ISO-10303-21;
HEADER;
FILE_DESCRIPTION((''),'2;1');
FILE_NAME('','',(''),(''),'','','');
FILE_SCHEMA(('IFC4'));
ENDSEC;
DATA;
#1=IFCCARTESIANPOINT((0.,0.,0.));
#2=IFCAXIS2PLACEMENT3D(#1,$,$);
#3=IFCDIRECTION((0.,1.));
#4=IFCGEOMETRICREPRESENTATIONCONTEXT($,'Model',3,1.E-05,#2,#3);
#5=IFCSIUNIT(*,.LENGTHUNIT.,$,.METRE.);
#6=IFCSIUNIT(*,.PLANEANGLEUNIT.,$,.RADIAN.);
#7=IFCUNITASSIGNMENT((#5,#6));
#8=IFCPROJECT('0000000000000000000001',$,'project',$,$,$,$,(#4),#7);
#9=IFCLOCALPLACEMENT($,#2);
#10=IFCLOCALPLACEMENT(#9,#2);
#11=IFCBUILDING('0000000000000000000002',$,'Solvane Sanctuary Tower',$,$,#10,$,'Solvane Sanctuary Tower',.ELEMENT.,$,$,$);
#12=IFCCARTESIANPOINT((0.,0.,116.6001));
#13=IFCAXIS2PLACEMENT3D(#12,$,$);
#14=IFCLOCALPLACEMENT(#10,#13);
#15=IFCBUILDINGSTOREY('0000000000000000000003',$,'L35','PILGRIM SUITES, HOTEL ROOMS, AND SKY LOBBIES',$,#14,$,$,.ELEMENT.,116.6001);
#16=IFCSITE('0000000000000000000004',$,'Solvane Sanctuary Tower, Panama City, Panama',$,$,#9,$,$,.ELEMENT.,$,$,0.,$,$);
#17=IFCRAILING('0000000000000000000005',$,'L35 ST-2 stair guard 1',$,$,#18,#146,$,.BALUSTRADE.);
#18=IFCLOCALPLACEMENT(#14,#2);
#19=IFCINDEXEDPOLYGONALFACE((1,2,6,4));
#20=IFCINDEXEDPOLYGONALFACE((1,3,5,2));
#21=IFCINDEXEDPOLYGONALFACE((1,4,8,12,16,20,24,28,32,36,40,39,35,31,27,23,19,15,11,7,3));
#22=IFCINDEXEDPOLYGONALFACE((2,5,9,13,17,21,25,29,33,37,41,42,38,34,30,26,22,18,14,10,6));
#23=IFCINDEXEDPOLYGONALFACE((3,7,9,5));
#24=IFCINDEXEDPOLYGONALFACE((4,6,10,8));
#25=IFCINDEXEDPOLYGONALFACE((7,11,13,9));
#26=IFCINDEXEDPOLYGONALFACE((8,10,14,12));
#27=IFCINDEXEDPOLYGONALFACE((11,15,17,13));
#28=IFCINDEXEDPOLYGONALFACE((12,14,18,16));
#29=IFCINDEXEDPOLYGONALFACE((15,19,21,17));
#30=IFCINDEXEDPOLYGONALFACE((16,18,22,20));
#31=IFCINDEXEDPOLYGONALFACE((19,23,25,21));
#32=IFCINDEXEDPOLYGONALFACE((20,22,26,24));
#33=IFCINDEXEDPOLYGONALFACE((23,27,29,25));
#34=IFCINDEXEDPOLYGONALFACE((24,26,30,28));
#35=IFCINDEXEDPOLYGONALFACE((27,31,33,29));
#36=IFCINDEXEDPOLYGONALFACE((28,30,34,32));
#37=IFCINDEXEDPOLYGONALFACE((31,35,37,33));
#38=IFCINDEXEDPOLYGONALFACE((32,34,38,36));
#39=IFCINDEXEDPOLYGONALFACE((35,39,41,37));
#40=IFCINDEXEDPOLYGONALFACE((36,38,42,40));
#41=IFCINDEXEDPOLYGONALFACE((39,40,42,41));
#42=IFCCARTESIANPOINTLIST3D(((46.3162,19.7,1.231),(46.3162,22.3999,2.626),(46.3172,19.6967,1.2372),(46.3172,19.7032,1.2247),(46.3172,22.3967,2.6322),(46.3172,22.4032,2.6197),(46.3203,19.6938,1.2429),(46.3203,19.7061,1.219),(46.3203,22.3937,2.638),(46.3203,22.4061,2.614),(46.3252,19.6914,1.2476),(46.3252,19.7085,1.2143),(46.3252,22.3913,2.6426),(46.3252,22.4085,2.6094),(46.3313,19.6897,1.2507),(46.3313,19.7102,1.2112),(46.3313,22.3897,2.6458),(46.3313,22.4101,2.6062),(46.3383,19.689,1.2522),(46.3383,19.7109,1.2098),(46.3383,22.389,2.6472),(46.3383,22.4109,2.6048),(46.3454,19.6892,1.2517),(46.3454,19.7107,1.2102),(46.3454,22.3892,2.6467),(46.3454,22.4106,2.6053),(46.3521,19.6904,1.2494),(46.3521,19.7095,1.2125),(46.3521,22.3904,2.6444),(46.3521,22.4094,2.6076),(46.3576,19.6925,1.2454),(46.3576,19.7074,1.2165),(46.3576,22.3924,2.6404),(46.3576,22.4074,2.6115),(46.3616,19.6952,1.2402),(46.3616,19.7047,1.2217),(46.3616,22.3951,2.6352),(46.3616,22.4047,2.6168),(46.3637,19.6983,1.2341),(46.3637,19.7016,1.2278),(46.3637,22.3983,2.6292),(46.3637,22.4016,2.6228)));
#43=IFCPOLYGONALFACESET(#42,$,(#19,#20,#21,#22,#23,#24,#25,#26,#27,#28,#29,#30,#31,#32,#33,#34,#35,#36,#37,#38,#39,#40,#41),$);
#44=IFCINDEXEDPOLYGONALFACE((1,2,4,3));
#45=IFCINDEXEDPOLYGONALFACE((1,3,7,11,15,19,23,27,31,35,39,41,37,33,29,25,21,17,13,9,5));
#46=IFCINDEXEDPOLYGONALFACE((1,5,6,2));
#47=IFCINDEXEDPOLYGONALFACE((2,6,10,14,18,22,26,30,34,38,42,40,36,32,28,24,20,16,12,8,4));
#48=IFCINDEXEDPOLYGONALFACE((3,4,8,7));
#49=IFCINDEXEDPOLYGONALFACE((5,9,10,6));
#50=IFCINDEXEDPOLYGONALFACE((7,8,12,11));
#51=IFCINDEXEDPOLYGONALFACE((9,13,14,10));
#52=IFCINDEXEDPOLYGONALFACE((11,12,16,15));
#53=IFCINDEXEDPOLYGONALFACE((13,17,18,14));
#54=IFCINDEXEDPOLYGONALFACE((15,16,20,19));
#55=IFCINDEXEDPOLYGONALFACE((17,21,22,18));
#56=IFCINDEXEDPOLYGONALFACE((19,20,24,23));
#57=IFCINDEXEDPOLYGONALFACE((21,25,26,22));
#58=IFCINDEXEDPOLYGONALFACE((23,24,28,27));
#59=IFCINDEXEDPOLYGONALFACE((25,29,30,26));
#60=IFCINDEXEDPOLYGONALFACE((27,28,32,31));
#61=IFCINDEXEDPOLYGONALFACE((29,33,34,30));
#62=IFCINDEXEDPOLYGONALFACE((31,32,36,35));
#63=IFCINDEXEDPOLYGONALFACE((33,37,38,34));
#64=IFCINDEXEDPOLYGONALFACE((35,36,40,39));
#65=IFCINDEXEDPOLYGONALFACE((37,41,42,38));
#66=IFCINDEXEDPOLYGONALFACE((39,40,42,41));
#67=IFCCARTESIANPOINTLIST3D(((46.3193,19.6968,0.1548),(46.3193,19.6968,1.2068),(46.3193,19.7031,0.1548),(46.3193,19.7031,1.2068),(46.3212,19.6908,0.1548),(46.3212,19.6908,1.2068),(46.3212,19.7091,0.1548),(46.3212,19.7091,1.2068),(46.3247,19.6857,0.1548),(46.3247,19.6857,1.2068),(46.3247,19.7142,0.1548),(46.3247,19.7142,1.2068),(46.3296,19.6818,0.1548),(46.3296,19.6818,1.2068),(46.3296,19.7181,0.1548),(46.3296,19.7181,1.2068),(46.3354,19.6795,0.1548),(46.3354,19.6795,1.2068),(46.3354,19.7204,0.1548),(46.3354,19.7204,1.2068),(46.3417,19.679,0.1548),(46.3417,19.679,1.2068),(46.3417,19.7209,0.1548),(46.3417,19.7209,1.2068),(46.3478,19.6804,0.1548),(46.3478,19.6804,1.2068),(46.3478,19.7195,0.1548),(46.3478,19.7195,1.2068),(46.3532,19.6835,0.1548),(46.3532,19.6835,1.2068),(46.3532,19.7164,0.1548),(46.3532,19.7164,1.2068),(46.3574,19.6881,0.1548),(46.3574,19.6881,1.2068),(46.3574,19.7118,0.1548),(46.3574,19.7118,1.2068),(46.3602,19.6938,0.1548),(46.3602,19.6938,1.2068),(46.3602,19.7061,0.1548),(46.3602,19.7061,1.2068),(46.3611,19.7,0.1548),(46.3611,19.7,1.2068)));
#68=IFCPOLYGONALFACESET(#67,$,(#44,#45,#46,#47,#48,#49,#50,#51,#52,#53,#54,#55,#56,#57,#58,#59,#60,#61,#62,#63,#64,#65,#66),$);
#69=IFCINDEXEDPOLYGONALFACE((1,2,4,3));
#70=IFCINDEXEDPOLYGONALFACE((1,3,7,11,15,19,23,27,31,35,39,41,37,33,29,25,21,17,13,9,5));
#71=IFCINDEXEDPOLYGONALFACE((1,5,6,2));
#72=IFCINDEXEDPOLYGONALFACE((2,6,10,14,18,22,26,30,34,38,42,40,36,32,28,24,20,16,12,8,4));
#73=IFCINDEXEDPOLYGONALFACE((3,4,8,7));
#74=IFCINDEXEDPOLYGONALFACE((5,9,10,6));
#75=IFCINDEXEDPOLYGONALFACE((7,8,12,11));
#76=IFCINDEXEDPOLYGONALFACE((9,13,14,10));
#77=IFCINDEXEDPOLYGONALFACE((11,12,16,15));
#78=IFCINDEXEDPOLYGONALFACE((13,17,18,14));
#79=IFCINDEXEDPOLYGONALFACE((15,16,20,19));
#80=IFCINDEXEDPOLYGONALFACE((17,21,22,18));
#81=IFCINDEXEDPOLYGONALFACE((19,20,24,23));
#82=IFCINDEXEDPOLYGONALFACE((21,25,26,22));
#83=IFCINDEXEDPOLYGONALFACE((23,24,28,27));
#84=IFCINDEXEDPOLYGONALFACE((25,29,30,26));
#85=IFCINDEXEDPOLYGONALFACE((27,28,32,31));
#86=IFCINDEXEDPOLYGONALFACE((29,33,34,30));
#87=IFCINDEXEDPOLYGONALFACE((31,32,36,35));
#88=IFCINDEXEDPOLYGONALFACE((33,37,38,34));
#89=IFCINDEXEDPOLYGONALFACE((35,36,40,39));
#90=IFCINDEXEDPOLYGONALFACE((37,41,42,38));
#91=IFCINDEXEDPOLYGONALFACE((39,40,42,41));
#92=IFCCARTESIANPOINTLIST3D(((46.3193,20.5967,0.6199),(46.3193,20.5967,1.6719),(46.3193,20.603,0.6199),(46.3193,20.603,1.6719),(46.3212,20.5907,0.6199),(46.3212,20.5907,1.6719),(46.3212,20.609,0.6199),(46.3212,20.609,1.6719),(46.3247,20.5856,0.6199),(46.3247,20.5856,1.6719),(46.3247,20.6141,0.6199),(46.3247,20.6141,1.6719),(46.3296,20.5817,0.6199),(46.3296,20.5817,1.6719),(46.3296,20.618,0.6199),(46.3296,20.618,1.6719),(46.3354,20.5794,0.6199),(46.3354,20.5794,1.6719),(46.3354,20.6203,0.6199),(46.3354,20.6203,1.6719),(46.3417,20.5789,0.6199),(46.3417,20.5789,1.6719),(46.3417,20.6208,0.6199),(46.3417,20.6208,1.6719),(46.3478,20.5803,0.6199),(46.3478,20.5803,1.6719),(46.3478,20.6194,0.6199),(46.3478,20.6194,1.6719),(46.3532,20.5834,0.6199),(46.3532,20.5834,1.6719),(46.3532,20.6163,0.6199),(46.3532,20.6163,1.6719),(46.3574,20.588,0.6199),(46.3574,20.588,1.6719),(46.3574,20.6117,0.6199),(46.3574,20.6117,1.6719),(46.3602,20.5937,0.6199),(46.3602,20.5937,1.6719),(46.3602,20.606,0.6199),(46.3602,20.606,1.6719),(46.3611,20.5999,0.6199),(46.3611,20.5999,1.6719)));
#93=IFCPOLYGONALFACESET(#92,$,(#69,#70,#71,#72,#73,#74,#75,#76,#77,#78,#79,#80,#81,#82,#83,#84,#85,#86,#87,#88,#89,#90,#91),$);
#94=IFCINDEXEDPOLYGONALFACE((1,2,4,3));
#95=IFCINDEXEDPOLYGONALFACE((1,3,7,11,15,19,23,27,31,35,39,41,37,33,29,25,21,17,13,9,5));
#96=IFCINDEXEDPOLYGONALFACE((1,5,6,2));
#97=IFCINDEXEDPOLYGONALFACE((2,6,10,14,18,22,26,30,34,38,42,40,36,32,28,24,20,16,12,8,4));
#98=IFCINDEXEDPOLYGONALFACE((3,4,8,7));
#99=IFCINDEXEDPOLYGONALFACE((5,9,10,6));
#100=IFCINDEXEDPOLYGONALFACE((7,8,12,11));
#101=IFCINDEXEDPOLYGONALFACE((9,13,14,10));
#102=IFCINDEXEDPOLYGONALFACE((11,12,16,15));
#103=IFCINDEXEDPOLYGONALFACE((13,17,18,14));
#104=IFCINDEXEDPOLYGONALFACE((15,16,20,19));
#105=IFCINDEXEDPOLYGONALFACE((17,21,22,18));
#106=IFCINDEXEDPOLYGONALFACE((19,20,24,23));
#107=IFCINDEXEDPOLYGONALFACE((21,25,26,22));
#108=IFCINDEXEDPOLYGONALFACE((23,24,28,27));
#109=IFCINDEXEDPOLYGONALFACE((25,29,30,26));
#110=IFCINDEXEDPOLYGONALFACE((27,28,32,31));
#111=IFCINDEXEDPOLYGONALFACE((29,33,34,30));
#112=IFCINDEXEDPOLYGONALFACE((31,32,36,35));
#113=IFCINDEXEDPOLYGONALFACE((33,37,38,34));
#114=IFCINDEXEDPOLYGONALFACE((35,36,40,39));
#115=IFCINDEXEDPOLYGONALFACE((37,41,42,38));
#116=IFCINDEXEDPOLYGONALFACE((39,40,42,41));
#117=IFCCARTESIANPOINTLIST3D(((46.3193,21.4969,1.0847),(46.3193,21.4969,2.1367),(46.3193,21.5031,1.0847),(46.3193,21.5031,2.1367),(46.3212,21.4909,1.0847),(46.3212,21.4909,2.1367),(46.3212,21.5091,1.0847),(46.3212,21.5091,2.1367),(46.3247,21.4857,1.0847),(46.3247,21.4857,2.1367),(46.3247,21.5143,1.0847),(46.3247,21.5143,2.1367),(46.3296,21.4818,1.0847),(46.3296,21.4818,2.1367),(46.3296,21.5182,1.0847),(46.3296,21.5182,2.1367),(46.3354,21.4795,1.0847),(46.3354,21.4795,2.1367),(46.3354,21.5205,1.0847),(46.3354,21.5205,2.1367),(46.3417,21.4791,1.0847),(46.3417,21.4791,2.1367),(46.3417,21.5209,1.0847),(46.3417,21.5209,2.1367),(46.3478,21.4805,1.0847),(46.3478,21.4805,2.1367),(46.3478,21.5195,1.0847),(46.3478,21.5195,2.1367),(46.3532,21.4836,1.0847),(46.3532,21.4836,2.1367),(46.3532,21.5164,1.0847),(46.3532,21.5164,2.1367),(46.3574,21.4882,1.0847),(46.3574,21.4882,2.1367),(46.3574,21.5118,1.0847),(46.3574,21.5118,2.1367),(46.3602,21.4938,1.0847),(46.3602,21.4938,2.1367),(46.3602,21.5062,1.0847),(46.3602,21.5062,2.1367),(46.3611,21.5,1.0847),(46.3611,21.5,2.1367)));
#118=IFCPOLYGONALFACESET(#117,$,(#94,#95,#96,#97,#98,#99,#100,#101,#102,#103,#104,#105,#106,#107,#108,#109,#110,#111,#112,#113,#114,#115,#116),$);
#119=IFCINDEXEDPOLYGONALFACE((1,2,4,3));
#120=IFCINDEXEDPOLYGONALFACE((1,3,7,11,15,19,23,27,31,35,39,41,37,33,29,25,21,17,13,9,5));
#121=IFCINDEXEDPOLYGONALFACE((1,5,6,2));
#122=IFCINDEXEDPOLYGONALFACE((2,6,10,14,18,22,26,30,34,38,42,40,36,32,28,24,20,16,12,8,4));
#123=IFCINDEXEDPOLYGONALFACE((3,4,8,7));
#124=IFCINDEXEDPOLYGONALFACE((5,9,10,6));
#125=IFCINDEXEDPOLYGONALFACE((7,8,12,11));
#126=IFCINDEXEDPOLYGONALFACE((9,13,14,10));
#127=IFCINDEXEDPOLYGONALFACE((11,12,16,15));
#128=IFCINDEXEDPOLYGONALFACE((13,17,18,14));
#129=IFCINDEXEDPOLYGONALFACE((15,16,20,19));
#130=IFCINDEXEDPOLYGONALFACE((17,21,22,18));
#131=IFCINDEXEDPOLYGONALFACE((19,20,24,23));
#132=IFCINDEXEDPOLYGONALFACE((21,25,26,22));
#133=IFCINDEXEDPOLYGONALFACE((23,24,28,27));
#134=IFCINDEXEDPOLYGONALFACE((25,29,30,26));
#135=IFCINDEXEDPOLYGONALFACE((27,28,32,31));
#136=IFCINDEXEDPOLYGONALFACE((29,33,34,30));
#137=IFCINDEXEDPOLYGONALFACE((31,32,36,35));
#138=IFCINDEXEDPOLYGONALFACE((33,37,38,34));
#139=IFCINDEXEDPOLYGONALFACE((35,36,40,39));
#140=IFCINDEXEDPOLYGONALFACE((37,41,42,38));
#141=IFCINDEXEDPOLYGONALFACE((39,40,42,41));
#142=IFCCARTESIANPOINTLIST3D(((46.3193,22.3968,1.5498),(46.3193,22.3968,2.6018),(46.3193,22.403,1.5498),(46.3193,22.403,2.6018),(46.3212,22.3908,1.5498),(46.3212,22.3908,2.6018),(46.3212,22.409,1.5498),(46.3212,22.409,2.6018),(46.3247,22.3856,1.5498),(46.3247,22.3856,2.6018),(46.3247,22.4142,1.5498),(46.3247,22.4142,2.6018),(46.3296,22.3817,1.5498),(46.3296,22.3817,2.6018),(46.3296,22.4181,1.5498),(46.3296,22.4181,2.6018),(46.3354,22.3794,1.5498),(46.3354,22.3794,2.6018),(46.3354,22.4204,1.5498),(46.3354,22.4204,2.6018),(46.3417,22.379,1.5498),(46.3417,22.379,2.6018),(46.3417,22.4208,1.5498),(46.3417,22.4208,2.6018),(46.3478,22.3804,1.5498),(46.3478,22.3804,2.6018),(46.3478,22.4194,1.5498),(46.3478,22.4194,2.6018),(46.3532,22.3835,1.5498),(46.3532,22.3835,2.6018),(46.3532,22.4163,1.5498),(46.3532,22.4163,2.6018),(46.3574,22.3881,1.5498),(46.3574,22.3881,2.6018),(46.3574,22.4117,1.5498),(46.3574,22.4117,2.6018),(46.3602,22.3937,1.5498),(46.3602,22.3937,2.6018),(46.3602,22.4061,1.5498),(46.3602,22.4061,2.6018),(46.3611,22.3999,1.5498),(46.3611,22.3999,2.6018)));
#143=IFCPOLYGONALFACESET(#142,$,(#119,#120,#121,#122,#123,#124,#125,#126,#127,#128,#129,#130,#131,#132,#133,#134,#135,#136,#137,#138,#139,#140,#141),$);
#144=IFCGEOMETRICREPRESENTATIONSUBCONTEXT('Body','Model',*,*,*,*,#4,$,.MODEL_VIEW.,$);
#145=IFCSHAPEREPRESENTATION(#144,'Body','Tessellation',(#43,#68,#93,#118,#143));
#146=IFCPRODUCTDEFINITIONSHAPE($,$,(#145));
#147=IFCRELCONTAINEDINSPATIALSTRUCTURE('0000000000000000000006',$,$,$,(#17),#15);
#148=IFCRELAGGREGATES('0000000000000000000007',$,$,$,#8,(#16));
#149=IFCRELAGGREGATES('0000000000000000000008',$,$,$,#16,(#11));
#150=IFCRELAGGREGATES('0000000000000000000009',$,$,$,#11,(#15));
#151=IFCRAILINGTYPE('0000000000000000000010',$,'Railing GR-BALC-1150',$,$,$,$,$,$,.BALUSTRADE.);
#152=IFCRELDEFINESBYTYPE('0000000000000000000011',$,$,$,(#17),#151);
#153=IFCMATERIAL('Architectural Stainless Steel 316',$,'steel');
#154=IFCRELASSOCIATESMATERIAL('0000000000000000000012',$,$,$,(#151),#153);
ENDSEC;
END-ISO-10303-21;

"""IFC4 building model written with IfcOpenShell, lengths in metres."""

from ifc_helpers import new_model, si_unit, direction, frame, origin, origin_2d, place, context, subcontext, project, spatial, circle, extrude, material, type_object, element, save


model = new_model("IFC4")

# Units and contexts
model_context = context("Model", 3, precision=1e-05, world=origin(), true_north=direction((0.0, 1.0)))
body_context = subcontext(model_context, "Body", "Model", "MODEL_VIEW")
ifc_project = project(units=[si_unit("LENGTHUNIT", "METRE"), si_unit("PLANEANGLEUNIT", "RADIAN")], contexts=[model_context])

# Site, building, storey
site_placement = place(None, origin())
site = spatial("IfcSite", under=ifc_project, at=site_placement, Name="Solvane Sanctuary Tower, Panama City, Panama", CompositionType="ELEMENT", RefElevation=0.0)
building_placement = place(site_placement, origin())
building = spatial("IfcBuilding", under=site, at=building_placement, Name="Solvane Sanctuary Tower", LongName="Solvane Sanctuary Tower", CompositionType="ELEMENT")
storey_placement = place(building_placement, frame((0.0, 0.0, 116.6001)))
storey = spatial("IfcBuildingStorey", under=building, at=storey_placement, Name="L35", Description="PILGRIM SUITES, HOTEL ROOMS, AND SKY LOBBIES", CompositionType="ELEMENT", Elevation=116.6001)

# Shared definitions
ifc_material_1 = material(Name="Architectural Stainless Steel 316", Category="steel")

# Railing
railing_type_1 = type_object("IfcRailingType", Name="Railing GR-BALC-1150", PredefinedType="BALUSTRADE", material=ifc_material_1)
railing_1_placement = place(storey_placement, frame((46.3401, 19.7, 0.1548)))
element("IfcRailing", 1, at=railing_1_placement, inside=storey, type_object=railing_type_1, Name="L35 ST-2 stair guard 1", PredefinedType="BALUSTRADE", context=body_context, shape_type="SweptSolid", body=[
    extrude(circle(Radius=0.0239, at=origin_2d()), frame((0.0, 0.0, 1.0762), z_axis=(0.0, 0.88842, 0.459032), x_axis=(-1.0, 0.0, 0.0)), (0.0, 0.0, 1.0), 3.0391),
    extrude(circle(Radius=0.021, at=origin_2d()), origin(), (0.0, 0.0, 1.0), 1.052),
    extrude(circle(Radius=0.021, at=origin_2d()), frame((0.0, 0.8999, 0.4651)), (0.0, 0.0, 1.0), 1.052),
    extrude(circle(Radius=0.021, at=origin_2d()), frame((0.0, 1.8, 0.9299)), (0.0, 0.0, 1.0), 1.052),
    extrude(circle(Radius=0.021, at=origin_2d()), frame((0.0, 2.7, 1.395)), (0.0, 0.0, 1.0), 1.052),
])

save(model, "model.ifc")
